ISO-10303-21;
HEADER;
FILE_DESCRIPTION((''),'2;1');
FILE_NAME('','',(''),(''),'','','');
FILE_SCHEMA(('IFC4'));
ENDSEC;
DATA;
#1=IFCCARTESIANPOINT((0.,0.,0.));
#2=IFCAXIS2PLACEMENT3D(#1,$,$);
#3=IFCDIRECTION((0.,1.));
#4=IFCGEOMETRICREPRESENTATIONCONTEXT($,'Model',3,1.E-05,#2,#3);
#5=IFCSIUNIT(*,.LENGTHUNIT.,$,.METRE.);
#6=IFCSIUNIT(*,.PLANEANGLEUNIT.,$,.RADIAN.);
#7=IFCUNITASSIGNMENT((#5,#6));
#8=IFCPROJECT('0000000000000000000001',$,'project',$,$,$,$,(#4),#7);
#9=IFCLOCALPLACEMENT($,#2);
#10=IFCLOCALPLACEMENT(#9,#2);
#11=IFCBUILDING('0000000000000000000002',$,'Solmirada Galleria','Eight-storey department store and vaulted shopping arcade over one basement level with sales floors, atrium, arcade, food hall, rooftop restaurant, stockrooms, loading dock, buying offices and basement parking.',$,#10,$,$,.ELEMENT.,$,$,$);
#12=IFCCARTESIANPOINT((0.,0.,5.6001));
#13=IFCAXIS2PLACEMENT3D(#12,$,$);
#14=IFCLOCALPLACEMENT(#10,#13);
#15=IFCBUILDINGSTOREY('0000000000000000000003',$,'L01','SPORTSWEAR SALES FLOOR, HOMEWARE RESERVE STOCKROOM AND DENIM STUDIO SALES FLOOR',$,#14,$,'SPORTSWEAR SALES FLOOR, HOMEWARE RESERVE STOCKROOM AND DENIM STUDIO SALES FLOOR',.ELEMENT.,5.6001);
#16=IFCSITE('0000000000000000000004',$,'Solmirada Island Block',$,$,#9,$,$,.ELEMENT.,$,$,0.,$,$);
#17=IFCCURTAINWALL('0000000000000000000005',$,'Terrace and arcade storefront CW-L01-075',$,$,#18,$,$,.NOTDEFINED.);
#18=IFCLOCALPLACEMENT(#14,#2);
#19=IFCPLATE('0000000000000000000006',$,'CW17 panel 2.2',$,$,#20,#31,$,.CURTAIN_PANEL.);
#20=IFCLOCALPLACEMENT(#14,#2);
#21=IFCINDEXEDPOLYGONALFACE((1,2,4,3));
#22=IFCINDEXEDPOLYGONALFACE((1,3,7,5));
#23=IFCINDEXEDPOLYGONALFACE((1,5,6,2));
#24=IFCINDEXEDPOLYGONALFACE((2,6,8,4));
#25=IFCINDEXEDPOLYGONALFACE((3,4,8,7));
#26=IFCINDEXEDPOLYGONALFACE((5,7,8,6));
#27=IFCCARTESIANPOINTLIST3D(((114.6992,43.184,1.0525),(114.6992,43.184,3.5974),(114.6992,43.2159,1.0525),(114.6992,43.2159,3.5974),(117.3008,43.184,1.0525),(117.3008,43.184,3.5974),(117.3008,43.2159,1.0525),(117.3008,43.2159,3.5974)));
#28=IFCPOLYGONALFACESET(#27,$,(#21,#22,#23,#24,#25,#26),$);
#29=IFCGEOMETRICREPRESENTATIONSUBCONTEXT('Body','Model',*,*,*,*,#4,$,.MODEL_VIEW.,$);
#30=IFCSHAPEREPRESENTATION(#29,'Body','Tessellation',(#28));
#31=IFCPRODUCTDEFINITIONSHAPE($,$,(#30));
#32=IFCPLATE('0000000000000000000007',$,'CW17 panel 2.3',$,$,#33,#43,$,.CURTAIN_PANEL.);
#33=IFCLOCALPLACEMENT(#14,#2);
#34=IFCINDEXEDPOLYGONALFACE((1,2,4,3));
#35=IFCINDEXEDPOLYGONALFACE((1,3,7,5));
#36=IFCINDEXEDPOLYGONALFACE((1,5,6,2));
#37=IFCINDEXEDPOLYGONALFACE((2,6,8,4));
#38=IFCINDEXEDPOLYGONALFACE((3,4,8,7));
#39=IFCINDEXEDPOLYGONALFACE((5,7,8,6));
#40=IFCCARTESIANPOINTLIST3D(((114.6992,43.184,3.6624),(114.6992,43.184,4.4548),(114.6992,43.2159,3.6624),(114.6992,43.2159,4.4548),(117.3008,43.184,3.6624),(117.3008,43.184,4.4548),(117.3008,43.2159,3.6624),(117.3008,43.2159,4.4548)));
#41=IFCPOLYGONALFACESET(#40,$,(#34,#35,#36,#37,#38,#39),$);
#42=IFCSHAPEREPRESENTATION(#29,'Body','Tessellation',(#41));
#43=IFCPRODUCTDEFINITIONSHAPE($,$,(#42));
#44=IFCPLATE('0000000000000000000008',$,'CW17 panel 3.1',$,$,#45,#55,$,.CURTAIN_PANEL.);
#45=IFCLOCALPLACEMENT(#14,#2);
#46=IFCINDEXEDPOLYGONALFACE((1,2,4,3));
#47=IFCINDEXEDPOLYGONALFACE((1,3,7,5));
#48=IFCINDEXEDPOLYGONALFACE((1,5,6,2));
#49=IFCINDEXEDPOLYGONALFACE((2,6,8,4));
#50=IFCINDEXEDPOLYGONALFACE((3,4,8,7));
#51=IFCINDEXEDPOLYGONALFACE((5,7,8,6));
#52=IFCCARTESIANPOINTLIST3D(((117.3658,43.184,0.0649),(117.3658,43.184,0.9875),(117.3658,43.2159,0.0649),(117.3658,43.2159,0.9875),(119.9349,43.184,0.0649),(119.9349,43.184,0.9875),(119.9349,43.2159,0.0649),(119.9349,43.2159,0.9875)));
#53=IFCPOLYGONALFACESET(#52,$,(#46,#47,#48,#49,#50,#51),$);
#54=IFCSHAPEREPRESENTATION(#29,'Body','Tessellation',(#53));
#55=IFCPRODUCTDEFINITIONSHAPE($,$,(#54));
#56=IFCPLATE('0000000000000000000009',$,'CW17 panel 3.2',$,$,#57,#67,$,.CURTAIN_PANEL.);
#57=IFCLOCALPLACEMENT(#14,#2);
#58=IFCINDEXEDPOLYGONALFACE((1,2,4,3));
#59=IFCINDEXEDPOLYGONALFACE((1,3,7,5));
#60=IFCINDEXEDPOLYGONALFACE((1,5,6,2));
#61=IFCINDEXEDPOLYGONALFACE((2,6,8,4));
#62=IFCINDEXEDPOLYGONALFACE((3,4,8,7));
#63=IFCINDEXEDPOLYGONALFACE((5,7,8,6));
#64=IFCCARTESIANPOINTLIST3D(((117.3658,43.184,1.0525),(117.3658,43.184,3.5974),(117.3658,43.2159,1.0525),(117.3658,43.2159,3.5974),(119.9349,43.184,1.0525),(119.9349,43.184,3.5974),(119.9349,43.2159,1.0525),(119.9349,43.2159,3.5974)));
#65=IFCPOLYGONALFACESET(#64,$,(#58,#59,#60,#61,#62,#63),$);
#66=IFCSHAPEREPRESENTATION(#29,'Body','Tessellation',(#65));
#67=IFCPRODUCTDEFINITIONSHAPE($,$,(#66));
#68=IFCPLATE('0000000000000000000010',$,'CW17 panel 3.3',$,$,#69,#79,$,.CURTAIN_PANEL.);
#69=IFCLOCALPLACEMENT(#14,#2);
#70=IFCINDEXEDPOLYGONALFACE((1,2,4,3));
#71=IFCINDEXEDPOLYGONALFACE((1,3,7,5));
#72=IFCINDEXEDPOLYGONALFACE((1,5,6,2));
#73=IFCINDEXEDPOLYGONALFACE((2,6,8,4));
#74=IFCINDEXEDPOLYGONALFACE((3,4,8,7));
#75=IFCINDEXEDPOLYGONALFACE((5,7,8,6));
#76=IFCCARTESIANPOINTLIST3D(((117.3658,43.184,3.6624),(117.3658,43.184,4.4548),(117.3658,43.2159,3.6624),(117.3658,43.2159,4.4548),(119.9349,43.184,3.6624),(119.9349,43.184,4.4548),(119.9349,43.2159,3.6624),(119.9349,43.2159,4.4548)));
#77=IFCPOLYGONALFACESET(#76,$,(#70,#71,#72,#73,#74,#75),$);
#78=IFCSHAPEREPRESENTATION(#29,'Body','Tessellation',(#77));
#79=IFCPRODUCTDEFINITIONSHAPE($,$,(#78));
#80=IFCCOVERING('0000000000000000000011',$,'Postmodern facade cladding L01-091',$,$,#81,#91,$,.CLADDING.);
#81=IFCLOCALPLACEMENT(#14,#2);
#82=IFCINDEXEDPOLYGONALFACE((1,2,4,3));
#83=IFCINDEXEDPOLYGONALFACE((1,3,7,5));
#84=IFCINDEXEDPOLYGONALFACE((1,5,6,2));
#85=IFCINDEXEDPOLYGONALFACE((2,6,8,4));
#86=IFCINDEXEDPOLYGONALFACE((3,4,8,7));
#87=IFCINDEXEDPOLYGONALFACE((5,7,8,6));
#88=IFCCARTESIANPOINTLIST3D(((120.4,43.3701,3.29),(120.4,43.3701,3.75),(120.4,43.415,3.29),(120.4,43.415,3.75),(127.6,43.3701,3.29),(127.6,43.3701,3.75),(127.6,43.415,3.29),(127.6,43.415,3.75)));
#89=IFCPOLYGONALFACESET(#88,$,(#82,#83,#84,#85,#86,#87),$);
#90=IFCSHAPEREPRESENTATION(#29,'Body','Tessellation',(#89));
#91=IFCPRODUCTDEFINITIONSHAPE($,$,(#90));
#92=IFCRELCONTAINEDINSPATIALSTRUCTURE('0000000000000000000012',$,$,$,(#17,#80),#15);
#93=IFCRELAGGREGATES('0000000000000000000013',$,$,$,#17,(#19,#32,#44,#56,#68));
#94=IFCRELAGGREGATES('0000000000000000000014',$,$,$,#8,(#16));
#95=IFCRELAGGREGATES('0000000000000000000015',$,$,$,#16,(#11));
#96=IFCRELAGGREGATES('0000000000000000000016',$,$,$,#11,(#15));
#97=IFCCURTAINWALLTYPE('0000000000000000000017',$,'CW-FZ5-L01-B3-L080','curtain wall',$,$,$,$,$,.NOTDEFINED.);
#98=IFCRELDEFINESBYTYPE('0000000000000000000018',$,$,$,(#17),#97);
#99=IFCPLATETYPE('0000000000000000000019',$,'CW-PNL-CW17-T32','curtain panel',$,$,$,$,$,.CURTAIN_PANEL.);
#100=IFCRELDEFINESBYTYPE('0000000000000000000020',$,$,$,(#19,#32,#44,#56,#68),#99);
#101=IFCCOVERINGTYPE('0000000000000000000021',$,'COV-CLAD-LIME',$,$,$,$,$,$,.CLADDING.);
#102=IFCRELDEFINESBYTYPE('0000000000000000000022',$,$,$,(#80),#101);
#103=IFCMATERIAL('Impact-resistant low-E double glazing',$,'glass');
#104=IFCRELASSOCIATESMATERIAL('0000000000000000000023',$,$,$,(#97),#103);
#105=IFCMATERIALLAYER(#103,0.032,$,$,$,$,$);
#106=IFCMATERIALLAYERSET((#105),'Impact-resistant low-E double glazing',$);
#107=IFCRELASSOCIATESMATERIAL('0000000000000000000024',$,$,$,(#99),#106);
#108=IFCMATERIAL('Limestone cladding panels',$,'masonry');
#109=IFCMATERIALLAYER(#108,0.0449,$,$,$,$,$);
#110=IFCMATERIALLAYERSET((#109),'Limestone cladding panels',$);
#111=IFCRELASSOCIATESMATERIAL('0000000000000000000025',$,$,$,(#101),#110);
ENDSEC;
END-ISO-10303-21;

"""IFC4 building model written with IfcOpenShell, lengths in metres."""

from ifc_helpers import new_model, si_unit, direction, frame, origin, origin_2d, place, context, subcontext, project, spatial, rectangle, extrude, material, layer, layer_set, type_object, element, aggregate, save


model = new_model("IFC4")

# Units and contexts
model_context = context("Model", 3, precision=1e-05, world=origin(), true_north=direction((0.0, 1.0)))
body_context = subcontext(model_context, "Body", "Model", "MODEL_VIEW")
ifc_project = project(units=[si_unit("LENGTHUNIT", "METRE"), si_unit("PLANEANGLEUNIT", "RADIAN")], contexts=[model_context])

# Site, building, storey
site_placement = place(None, origin())
site = spatial("IfcSite", under=ifc_project, at=site_placement, Name="Solmirada Island Block", CompositionType="ELEMENT", RefElevation=0.0)
building_placement = place(site_placement, origin())
building = spatial("IfcBuilding", under=site, at=building_placement, Name="Solmirada Galleria", Description="Eight-storey department store and vaulted shopping arcade over one basement level with sales floors, atrium, arcade, food hall, rooftop restaurant, stockrooms, loading dock, buying offices and basement parking.", CompositionType="ELEMENT")
storey_placement = place(building_placement, frame((0.0, 0.0, 5.6001)))
storey = spatial("IfcBuildingStorey", under=building, at=storey_placement, Name="L01", Description="SPORTSWEAR SALES FLOOR, HOMEWARE RESERVE STOCKROOM AND DENIM STUDIO SALES FLOOR", LongName="SPORTSWEAR SALES FLOOR, HOMEWARE RESERVE STOCKROOM AND DENIM STUDIO SALES FLOOR", CompositionType="ELEMENT", Elevation=5.6001)

# Curtain wall, plates
ifc_material_1 = material(Name="Impact-resistant low-E double glazing", Category="glass")
curtain_wall_type = type_object("IfcCurtainWallType", Name="CW-FZ5-L01-B3-L080", Description="curtain wall", PredefinedType="NOTDEFINED", material=ifc_material_1)
curtain_wall_placement = place(storey_placement, origin())
curtain_wall = element("IfcCurtainWall", 1, at=curtain_wall_placement, inside=storey, type_object=curtain_wall_type, Name="Terrace and arcade storefront CW-L01-075", PredefinedType="NOTDEFINED")
ifc_layer_1 = layer(ifc_material_1, 0.032)
ifc_layer_set_1 = layer_set([ifc_layer_1], Name="Impact-resistant low-E double glazing")
plate_type = type_object("IfcPlateType", Name="CW-PNL-CW17-T32", Description="curtain panel", PredefinedType="CURTAIN_PANEL", material=ifc_layer_set_1)
plate_1_placement = place(storey_placement, frame((116.0, 43.2, 1.0525), z_axis=(0.0, 0.0, 1.0), x_axis=(1.0, 0.0, 0.0)))
plate_1 = element("IfcPlate", 2, at=plate_1_placement, type_object=plate_type, Name="CW17 panel 2.2", PredefinedType="CURTAIN_PANEL", context=body_context, shape_type="SweptSolid", body=[
    extrude(rectangle(XDim=2.6016, YDim=0.032, at=origin_2d()), origin(), (0.0, 0.0, 1.0), 2.5449),
])
plate_2_placement = place(storey_placement, frame((116.0, 43.2, 3.6624), z_axis=(0.0, 0.0, 1.0), x_axis=(1.0, 0.0, 0.0)))
plate_2 = element("IfcPlate", 3, at=plate_2_placement, type_object=plate_type, Name="CW17 panel 2.3", PredefinedType="CURTAIN_PANEL", context=body_context, shape_type="SweptSolid", body=[
    extrude(rectangle(XDim=2.6016, YDim=0.032, at=origin_2d()), origin(), (0.0, 0.0, 1.0), 0.7925),
])
plate_3_placement = place(storey_placement, frame((118.6504, 43.2, 0.0649), z_axis=(0.0, 0.0, 1.0), x_axis=(1.0, 0.0, 0.0)))
plate_3 = element("IfcPlate", 4, at=plate_3_placement, type_object=plate_type, Name="CW17 panel 3.1", PredefinedType="CURTAIN_PANEL", context=body_context, shape_type="SweptSolid", body=[
    extrude(rectangle(XDim=2.5691, YDim=0.032, at=origin_2d()), origin(), (0.0, 0.0, 1.0), 0.9226),
])
plate_4_placement = place(storey_placement, frame((118.6504, 43.2, 1.0525), z_axis=(0.0, 0.0, 1.0), x_axis=(1.0, 0.0, 0.0)))
plate_4 = element("IfcPlate", 5, at=plate_4_placement, type_object=plate_type, Name="CW17 panel 3.2", PredefinedType="CURTAIN_PANEL", context=body_context, shape_type="SweptSolid", body=[
    extrude(rectangle(XDim=2.5691, YDim=0.032, at=origin_2d()), origin(), (0.0, 0.0, 1.0), 2.5449),
])
plate_5_placement = place(storey_placement, frame((118.6504, 43.2, 3.6624), z_axis=(0.0, 0.0, 1.0), x_axis=(1.0, 0.0, 0.0)))
plate_5 = element("IfcPlate", 6, at=plate_5_placement, type_object=plate_type, Name="CW17 panel 3.3", PredefinedType="CURTAIN_PANEL", context=body_context, shape_type="SweptSolid", body=[
    extrude(rectangle(XDim=2.5691, YDim=0.032, at=origin_2d()), origin(), (0.0, 0.0, 1.0), 0.7925),
])
aggregate(curtain_wall, [plate_1, plate_2, plate_3, plate_4, plate_5])

# Covering
ifc_material_2 = material(Name="Limestone cladding panels", Category="masonry")
ifc_layer_2 = layer(ifc_material_2, 0.0449)
ifc_layer_set_2 = layer_set([ifc_layer_2], Name="Limestone cladding panels")
covering_type = type_object("IfcCoveringType", Name="COV-CLAD-LIME", PredefinedType="CLADDING", material=ifc_layer_set_2)
covering_placement = place(storey_placement, frame((124.0, 43.3926, 3.29), z_axis=(0.0, 0.0, 1.0), x_axis=(1.0, 0.0, 0.0)))
element("IfcCovering", 7, at=covering_placement, inside=storey, type_object=covering_type, Name="Postmodern facade cladding L01-091", PredefinedType="CLADDING", context=body_context, shape_type="SweptSolid", body=[
    extrude(rectangle(XDim=7.2, YDim=0.0449, at=origin_2d()), origin(), (0.0, 0.0, 1.0), 0.46),
])

save(model, "model.ifc")
